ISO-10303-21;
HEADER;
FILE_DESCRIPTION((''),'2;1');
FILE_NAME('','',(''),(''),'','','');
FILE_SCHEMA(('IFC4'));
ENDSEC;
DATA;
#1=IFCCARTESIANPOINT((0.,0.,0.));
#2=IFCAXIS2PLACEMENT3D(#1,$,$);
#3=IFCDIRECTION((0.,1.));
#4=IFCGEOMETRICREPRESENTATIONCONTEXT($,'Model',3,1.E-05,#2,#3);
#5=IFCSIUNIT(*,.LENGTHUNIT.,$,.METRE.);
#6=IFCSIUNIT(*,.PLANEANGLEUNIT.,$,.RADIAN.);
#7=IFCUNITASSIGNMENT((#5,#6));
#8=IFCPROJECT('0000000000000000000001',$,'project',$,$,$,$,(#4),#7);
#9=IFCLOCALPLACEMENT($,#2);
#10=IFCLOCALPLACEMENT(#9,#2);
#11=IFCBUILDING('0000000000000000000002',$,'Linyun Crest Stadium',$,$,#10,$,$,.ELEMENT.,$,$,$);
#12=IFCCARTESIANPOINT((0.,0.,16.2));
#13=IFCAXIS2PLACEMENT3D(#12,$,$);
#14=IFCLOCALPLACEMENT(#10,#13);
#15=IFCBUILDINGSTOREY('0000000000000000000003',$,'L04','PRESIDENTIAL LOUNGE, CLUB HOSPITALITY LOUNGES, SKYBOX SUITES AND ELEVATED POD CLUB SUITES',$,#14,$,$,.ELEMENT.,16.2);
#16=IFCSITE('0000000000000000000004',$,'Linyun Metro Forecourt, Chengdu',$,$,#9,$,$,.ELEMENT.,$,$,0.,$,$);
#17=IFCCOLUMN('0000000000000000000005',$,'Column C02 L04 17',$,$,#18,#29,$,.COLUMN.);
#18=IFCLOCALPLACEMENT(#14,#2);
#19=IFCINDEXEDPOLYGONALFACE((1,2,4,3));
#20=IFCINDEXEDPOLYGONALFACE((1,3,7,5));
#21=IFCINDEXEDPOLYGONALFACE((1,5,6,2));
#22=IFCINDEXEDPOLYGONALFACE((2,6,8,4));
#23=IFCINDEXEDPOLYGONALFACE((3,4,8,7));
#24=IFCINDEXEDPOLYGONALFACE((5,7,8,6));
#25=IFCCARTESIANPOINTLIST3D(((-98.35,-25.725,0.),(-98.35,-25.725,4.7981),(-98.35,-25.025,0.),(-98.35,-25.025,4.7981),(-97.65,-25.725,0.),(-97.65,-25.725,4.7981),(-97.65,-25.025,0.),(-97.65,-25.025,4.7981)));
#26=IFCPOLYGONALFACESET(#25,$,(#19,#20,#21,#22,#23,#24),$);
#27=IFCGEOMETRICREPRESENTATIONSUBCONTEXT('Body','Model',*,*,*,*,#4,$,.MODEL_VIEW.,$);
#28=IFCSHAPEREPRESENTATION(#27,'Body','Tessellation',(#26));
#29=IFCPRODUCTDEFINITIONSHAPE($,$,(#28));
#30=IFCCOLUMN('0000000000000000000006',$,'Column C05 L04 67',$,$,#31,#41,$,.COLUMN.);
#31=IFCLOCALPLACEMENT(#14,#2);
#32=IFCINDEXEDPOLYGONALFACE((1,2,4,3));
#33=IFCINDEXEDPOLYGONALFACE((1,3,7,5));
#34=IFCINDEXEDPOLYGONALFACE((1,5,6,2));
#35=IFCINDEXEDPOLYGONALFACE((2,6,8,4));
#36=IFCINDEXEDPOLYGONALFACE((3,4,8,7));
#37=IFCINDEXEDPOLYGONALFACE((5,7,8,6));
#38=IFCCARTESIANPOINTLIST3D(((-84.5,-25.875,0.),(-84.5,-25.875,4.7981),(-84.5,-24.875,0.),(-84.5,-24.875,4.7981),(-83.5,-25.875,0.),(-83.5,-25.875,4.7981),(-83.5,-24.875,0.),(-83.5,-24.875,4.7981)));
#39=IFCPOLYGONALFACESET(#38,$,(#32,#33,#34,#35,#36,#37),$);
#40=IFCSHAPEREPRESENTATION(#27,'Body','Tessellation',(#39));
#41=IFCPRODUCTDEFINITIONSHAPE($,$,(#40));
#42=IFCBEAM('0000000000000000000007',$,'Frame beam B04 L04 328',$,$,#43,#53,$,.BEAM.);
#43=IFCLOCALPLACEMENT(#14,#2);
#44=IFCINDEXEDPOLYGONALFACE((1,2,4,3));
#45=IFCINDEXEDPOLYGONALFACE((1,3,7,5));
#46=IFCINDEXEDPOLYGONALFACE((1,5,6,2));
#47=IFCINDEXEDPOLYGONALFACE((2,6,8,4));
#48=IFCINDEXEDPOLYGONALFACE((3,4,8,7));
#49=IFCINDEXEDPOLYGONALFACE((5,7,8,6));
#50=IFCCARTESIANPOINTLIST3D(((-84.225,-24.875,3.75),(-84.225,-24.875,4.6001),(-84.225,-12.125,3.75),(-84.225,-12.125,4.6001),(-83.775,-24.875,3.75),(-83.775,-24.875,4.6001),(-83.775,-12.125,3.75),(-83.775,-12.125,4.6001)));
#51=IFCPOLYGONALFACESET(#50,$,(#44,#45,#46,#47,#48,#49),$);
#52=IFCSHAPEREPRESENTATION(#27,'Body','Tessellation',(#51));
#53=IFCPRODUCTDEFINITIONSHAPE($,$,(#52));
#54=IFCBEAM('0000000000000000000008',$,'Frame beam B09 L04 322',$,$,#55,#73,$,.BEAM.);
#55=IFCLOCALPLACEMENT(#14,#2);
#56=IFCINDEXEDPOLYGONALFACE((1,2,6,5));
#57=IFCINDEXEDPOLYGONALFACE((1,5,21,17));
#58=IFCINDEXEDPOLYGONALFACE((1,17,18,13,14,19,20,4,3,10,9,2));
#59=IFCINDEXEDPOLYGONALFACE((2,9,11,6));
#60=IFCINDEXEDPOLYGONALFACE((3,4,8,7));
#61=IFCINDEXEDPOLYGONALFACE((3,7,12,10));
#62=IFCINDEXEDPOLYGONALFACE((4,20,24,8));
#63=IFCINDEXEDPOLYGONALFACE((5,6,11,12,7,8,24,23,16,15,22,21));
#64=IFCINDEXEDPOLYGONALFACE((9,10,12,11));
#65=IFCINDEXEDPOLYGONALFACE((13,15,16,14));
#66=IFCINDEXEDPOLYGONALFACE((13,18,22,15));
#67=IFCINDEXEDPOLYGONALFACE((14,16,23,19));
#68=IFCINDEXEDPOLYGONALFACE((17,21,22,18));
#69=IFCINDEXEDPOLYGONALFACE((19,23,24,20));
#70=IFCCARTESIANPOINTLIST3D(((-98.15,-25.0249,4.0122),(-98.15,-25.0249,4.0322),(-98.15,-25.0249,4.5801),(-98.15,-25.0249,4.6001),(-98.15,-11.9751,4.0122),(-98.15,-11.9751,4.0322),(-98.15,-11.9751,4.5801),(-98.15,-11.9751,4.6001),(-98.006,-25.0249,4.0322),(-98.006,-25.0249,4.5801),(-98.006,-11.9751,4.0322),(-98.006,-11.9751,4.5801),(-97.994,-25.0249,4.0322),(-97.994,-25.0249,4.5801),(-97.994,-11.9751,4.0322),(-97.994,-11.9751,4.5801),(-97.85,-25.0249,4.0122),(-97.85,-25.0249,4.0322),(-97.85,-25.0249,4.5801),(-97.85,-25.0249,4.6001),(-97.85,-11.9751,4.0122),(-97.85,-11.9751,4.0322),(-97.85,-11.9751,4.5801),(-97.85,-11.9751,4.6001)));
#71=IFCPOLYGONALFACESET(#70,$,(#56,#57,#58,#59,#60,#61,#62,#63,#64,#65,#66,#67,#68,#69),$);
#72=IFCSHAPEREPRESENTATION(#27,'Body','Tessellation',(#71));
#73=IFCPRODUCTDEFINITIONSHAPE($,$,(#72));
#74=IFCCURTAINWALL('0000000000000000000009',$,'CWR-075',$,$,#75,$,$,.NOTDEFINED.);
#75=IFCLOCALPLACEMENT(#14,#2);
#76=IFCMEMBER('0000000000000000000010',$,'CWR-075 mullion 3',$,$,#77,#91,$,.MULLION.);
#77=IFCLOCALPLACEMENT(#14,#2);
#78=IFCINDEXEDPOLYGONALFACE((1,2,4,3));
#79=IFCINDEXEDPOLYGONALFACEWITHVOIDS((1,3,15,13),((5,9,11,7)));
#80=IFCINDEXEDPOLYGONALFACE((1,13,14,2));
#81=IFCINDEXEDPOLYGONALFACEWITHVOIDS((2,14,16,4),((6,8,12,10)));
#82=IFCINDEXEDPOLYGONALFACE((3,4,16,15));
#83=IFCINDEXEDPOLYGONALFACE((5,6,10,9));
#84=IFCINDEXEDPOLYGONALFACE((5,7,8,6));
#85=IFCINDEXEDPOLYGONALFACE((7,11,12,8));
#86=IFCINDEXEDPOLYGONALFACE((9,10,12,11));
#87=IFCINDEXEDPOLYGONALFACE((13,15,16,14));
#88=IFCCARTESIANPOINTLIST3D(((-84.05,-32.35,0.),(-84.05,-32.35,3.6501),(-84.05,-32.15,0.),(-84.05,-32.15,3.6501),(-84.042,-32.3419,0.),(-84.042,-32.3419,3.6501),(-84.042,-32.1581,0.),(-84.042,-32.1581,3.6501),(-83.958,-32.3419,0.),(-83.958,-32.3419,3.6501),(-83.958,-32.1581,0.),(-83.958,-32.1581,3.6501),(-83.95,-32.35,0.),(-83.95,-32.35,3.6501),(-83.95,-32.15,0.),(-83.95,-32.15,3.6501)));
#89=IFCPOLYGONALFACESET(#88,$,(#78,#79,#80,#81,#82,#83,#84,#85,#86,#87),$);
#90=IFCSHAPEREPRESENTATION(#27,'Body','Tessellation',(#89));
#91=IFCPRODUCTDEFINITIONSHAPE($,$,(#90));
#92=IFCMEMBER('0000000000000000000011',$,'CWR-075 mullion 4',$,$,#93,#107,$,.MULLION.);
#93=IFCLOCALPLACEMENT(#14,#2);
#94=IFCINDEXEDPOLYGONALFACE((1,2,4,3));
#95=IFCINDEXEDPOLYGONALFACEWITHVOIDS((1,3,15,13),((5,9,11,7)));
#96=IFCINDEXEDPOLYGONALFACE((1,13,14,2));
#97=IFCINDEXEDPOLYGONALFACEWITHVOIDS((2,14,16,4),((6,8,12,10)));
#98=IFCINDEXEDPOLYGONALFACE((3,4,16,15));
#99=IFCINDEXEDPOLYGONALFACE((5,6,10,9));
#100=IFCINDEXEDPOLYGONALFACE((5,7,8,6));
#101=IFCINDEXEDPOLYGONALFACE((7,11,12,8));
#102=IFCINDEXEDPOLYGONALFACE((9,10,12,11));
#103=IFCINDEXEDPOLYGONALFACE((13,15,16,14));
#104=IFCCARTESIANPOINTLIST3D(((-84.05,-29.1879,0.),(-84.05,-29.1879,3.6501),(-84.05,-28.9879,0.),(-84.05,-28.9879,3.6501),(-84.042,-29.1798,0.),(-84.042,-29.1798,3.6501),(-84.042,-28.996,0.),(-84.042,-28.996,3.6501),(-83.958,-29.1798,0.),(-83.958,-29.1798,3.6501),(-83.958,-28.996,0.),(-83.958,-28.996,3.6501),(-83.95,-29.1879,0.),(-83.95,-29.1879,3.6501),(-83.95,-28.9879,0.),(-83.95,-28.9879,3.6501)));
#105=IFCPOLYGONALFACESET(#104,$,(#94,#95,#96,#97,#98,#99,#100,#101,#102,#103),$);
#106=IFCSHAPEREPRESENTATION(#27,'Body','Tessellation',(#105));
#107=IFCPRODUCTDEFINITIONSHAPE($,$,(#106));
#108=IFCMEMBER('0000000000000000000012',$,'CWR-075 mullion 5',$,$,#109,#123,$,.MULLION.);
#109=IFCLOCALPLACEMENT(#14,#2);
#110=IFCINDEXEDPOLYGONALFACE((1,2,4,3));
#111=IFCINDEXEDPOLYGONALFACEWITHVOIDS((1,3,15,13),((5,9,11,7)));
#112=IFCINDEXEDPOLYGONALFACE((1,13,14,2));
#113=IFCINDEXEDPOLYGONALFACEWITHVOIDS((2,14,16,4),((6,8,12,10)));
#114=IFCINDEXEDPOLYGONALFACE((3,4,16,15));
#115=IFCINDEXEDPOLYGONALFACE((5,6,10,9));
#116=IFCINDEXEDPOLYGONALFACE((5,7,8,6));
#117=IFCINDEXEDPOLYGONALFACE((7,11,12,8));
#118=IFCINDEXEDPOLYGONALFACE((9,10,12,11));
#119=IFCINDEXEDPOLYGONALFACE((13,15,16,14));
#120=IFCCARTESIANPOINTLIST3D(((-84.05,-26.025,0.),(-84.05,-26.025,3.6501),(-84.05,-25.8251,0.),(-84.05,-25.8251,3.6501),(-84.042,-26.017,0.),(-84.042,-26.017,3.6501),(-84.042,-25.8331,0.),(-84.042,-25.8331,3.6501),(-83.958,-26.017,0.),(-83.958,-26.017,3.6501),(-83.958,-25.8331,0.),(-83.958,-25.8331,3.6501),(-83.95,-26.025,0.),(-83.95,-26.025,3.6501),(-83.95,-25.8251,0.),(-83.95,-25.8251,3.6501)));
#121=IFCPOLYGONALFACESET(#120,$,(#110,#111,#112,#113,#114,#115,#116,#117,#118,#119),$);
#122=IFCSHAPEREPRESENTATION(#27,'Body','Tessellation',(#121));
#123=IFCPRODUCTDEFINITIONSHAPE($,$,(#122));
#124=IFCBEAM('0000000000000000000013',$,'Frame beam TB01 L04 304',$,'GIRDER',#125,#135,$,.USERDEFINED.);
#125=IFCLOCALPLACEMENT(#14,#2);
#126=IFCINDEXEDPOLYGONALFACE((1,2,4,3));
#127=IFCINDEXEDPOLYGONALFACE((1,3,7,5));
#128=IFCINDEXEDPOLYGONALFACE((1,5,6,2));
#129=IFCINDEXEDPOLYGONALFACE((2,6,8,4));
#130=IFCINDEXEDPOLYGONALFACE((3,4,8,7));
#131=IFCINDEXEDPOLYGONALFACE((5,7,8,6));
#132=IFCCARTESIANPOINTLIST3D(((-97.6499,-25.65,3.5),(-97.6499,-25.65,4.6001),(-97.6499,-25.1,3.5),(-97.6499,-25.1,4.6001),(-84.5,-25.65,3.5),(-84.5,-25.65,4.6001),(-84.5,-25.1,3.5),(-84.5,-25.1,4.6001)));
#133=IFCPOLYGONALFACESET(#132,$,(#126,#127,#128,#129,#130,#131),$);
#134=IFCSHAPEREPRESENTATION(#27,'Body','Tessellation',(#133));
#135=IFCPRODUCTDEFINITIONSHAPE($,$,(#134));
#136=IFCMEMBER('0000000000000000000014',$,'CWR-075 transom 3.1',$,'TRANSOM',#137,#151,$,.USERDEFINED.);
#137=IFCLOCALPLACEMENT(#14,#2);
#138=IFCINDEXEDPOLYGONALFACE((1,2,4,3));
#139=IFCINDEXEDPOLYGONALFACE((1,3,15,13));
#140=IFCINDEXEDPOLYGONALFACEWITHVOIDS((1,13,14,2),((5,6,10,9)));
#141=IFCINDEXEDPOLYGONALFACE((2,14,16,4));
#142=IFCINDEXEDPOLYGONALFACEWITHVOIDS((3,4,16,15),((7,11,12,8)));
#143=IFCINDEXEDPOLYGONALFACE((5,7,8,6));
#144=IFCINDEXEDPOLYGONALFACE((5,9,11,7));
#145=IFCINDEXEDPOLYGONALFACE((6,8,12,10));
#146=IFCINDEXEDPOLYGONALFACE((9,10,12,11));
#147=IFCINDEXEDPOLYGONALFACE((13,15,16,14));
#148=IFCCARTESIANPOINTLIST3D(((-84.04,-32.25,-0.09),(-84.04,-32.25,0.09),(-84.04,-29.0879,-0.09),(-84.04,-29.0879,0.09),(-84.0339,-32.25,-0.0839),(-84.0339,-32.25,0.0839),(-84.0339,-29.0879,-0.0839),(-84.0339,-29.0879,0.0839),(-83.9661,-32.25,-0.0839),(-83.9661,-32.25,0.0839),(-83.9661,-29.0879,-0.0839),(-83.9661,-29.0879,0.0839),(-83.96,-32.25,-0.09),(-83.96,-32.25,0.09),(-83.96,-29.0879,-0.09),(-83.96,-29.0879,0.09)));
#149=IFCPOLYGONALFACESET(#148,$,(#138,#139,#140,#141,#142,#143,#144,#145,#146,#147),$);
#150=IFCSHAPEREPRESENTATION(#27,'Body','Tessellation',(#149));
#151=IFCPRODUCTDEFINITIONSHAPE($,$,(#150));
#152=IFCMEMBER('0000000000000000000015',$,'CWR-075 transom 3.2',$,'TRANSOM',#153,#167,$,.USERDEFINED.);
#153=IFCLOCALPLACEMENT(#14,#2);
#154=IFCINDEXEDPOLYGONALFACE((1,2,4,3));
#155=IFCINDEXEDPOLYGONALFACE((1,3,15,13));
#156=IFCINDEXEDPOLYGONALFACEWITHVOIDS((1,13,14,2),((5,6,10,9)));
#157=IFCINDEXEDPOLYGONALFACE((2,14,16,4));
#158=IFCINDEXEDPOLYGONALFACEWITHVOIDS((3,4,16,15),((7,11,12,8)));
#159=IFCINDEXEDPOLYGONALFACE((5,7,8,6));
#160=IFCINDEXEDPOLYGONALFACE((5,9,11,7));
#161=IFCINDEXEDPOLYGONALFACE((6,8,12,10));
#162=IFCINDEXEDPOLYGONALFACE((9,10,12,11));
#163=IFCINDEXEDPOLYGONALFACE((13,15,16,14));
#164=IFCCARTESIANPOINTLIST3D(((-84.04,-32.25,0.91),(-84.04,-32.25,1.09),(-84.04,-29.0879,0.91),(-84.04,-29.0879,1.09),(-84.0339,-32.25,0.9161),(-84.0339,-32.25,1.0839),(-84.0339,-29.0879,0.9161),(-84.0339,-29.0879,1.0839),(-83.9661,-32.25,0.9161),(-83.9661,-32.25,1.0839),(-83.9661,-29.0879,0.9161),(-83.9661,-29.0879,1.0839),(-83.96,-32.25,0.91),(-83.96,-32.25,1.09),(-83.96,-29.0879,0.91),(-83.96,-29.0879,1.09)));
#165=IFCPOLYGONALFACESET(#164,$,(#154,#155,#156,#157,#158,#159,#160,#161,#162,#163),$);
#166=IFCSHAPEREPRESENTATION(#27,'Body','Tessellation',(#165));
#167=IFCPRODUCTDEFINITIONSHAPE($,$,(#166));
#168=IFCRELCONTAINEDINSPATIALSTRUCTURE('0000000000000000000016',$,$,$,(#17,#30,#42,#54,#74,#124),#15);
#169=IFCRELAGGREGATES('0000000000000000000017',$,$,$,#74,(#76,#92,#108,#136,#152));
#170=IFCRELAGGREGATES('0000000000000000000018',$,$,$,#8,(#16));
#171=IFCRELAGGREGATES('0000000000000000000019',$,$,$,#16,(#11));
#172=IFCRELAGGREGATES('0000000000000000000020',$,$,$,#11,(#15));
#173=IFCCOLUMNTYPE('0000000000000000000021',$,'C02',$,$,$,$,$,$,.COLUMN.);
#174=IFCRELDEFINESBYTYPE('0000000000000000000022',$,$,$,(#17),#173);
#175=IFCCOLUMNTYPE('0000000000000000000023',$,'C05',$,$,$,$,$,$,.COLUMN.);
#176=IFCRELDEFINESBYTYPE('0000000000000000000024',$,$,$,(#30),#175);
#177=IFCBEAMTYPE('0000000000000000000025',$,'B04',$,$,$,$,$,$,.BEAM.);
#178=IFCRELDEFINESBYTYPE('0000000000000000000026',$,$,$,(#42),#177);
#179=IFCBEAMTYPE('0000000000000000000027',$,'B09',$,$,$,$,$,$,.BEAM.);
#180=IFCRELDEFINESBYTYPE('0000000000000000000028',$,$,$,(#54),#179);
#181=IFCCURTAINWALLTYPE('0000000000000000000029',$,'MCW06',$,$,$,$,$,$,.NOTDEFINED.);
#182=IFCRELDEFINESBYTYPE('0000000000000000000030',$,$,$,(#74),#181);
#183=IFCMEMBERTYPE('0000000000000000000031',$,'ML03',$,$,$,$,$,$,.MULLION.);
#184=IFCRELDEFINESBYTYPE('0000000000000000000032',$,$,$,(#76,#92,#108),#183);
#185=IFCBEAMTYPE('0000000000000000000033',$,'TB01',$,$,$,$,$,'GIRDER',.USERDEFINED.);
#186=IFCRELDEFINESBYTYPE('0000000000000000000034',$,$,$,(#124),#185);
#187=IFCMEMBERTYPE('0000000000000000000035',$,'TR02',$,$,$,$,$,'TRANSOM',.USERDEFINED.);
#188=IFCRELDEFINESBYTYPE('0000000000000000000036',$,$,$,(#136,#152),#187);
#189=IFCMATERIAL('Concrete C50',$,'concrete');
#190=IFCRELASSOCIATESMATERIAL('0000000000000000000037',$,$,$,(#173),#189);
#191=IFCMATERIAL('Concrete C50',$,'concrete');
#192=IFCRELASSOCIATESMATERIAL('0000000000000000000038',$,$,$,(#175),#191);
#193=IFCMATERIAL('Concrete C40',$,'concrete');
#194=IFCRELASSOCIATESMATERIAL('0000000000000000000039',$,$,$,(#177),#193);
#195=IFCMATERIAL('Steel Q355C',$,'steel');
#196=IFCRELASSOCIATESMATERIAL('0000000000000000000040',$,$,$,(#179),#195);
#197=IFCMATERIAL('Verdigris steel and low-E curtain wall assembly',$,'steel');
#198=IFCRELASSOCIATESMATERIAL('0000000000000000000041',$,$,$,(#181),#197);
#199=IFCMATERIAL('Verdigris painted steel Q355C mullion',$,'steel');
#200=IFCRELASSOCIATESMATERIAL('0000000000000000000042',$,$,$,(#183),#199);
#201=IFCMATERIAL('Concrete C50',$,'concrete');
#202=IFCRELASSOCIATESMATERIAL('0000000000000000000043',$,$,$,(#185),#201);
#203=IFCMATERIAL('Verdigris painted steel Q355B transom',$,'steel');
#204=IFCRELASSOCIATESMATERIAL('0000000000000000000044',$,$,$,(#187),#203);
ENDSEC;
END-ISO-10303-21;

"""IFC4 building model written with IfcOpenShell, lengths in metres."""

from ifc_helpers import new_model, si_unit, direction, frame, origin, origin_2d, place, context, subcontext, project, spatial, rectangle, hollow_rectangle, i_section, extrude, material, material_profile, profile_set, type_object, element, aggregate, save


model = new_model("IFC4")

# Units and contexts
model_context = context("Model", 3, precision=1e-05, world=origin(), true_north=direction((0.0, 1.0)))
body_context = subcontext(model_context, "Body", "Model", "MODEL_VIEW")
ifc_project = project(units=[si_unit("LENGTHUNIT", "METRE"), si_unit("PLANEANGLEUNIT", "RADIAN")], contexts=[model_context])

# Site, building, storey
site_placement = place(None, origin())
site = spatial("IfcSite", under=ifc_project, at=site_placement, Name="Linyun Metro Forecourt, Chengdu", CompositionType="ELEMENT", RefElevation=0.0)
building_placement = place(site_placement, origin())
building = spatial("IfcBuilding", under=site, at=building_placement, Name="Linyun Crest Stadium", CompositionType="ELEMENT")
storey_placement = place(building_placement, frame((0.0, 0.0, 16.2)))
storey = spatial("IfcBuildingStorey", under=building, at=storey_placement, Name="L04", Description="PRESIDENTIAL LOUNGE, CLUB HOSPITALITY LOUNGES, SKYBOX SUITES AND ELEVATED POD CLUB SUITES", CompositionType="ELEMENT", Elevation=16.2)

# Columns
ifc_material_1 = material(Name="Concrete C50", Category="concrete")
ifc_material_profile_1 = material_profile(ifc_material_1, rectangle(XDim=0.7, YDim=0.7, at=origin_2d()), Name="RC 700x700")
ifc_profile_set_1 = profile_set([ifc_material_profile_1], Name="Concrete C50")
column_type_1 = type_object("IfcColumnType", Name="C02", PredefinedType="COLUMN", material=ifc_profile_set_1)
column_1_placement = place(storey_placement, frame((-98.0, -25.375, 0.0), z_axis=(0.0, 0.0, 1.0), x_axis=(1.0, 0.0, 0.0)))
element("IfcColumn", 1, at=column_1_placement, inside=storey, type_object=column_type_1, Name="Column C02 L04 17", PredefinedType="COLUMN", context=body_context, shape_type="SweptSolid", body=[
    extrude(rectangle(XDim=0.7, YDim=0.7, at=origin_2d()), origin(), (0.0, 0.0, 1.0), 4.7981),
])
ifc_material_2 = material(Name="Concrete C50", Category="concrete")
ifc_material_profile_2 = material_profile(ifc_material_2, rectangle(XDim=1.0, YDim=1.0, at=origin_2d()), Name="RC 1000x1000")
ifc_profile_set_2 = profile_set([ifc_material_profile_2], Name="Concrete C50")
column_type_2 = type_object("IfcColumnType", Name="C05", PredefinedType="COLUMN", material=ifc_profile_set_2)
column_2_placement = place(storey_placement, frame((-84.0, -25.375, 0.0), z_axis=(0.0, 0.0, 1.0), x_axis=(1.0, 0.0, 0.0)))
element("IfcColumn", 2, at=column_2_placement, inside=storey, type_object=column_type_2, Name="Column C05 L04 67", PredefinedType="COLUMN", context=body_context, shape_type="SweptSolid", body=[
    extrude(rectangle(XDim=1.0, YDim=1.0, at=origin_2d()), origin(), (0.0, 0.0, 1.0), 4.7981),
])

# Beams
ifc_material_3 = material(Name="Concrete C40", Category="concrete")
ifc_material_profile_3 = material_profile(ifc_material_3, rectangle(XDim=0.45, YDim=0.8501, at=origin_2d()), Name="RCB 850x450")
ifc_profile_set_3 = profile_set([ifc_material_profile_3], Name="Concrete C40")
beam_type_1 = type_object("IfcBeamType", Name="B04", PredefinedType="BEAM", material=ifc_profile_set_3)
beam_1_placement = place(storey_placement, frame((-84.0, -24.875, 4.175), z_axis=(0.0, 1.0, 0.0), x_axis=(-1.0, 0.0, 0.0)))
element("IfcBeam", 3, at=beam_1_placement, inside=storey, type_object=beam_type_1, Name="Frame beam B04 L04 328", PredefinedType="BEAM", context=body_context, shape_type="SweptSolid", body=[
    extrude(rectangle(XDim=0.45, YDim=0.8501, at=origin_2d()), origin(), (0.0, 0.0, 1.0), 12.75),
])
ifc_material_4 = material(Name="Steel Q355C", Category="steel")
ifc_material_profile_4 = material_profile(ifc_material_4, i_section(OverallWidth=0.3, OverallDepth=0.5879, WebThickness=0.012, FlangeThickness=0.02, at=origin_2d()), Name="HM 588x300")
ifc_profile_set_4 = profile_set([ifc_material_profile_4], Name="Steel Q355C")
beam_type_2 = type_object("IfcBeamType", Name="B09", PredefinedType="BEAM", material=ifc_profile_set_4)
beam_2_placement = place(storey_placement, frame((-98.0, -25.0249, 4.3062), z_axis=(0.0, 1.0, 0.0), x_axis=(-1.0, 0.0, 0.0)))
element("IfcBeam", 4, at=beam_2_placement, inside=storey, type_object=beam_type_2, Name="Frame beam B09 L04 322", PredefinedType="BEAM", context=body_context, shape_type="SweptSolid", body=[
    extrude(i_section(OverallWidth=0.3, OverallDepth=0.5879, WebThickness=0.012, FlangeThickness=0.02, at=origin_2d()), origin(), (0.0, 0.0, 1.0), 13.0498),
])

# Curtain wall, members
ifc_material_5 = material(Name="Verdigris steel and low-E curtain wall assembly", Category="steel")
curtain_wall_type = type_object("IfcCurtainWallType", Name="MCW06", PredefinedType="NOTDEFINED", material=ifc_material_5)
curtain_wall_placement = place(storey_placement, origin())
curtain_wall = element("IfcCurtainWall", 5, at=curtain_wall_placement, inside=storey, type_object=curtain_wall_type, Name="CWR-075", PredefinedType="NOTDEFINED")
ifc_material_6 = material(Name="Verdigris painted steel Q355C mullion", Category="steel")
ifc_material_profile_5 = material_profile(ifc_material_6, hollow_rectangle(XDim=0.1001, YDim=0.2, WallThickness=0.0081, at=origin_2d()), Name="RHS 200x100x8")
ifc_profile_set_5 = profile_set([ifc_material_profile_5], Name="Verdigris painted steel Q355C mullion")
member_type_1 = type_object("IfcMemberType", Name="ML03", PredefinedType="MULLION", material=ifc_profile_set_5)
member_1_placement = place(storey_placement, frame((-84.0, -32.25, 0.0), z_axis=(0.0, 0.0, 1.0), x_axis=(-1.0, 0.0, 0.0)))
member_1 = element("IfcMember", 6, at=member_1_placement, type_object=member_type_1, Name="CWR-075 mullion 3", PredefinedType="MULLION", context=body_context, shape_type="SweptSolid", body=[
    extrude(hollow_rectangle(XDim=0.1001, YDim=0.2, WallThickness=0.0081, at=origin_2d()), origin(), (0.0, 0.0, 1.0), 3.6501),
])
member_2_placement = place(storey_placement, frame((-84.0, -29.0879, 0.0), z_axis=(0.0, 0.0, 1.0), x_axis=(-1.0, 0.0, 0.0)))
member_2 = element("IfcMember", 7, at=member_2_placement, type_object=member_type_1, Name="CWR-075 mullion 4", PredefinedType="MULLION", context=body_context, shape_type="SweptSolid", body=[
    extrude(hollow_rectangle(XDim=0.1001, YDim=0.2, WallThickness=0.0081, at=origin_2d()), origin(), (0.0, 0.0, 1.0), 3.6501),
])
member_3_placement = place(storey_placement, frame((-84.0, -25.925, 0.0), z_axis=(0.0, 0.0, 1.0), x_axis=(-1.0, 0.0, 0.0)))
member_3 = element("IfcMember", 8, at=member_3_placement, type_object=member_type_1, Name="CWR-075 mullion 5", PredefinedType="MULLION", context=body_context, shape_type="SweptSolid", body=[
    extrude(hollow_rectangle(XDim=0.1001, YDim=0.2, WallThickness=0.0081, at=origin_2d()), origin(), (0.0, 0.0, 1.0), 3.6501),
])

# Beam
ifc_material_7 = material(Name="Concrete C50", Category="concrete")
ifc_material_profile_6 = material_profile(ifc_material_7, rectangle(XDim=0.55, YDim=1.1001, at=origin_2d()), Name="RCB 1100x550")
ifc_profile_set_6 = profile_set([ifc_material_profile_6], Name="Concrete C50")
beam_type_3 = type_object("IfcBeamType", Name="TB01", ElementType="GIRDER", PredefinedType="USERDEFINED", material=ifc_profile_set_6)
beam_3_placement = place(storey_placement, frame((-97.6499, -25.375, 4.05), z_axis=(1.0, 0.0, 0.0), x_axis=(0.0, 1.0, 0.0)))
element("IfcBeam", 9, at=beam_3_placement, inside=storey, type_object=beam_type_3, Name="Frame beam TB01 L04 304", ObjectType="GIRDER", PredefinedType="USERDEFINED", context=body_context, shape_type="SweptSolid", body=[
    extrude(rectangle(XDim=0.55, YDim=1.1001, at=origin_2d()), origin(), (0.0, 0.0, 1.0), 13.1499),
])

# Members
ifc_material_8 = material(Name="Verdigris painted steel Q355B transom", Category="steel")
ifc_material_profile_7 = material_profile(ifc_material_8, hollow_rectangle(XDim=0.0801, YDim=0.1799, WallThickness=0.0061, at=origin_2d()), Name="RHS 180x80x6")
ifc_profile_set_7 = profile_set([ifc_material_profile_7], Name="Verdigris painted steel Q355B transom")
member_type_2 = type_object("IfcMemberType", Name="TR02", ElementType="TRANSOM", PredefinedType="USERDEFINED", material=ifc_profile_set_7)
member_4_placement = place(storey_placement, frame((-84.0, -32.25, 0.0), z_axis=(0.0, 1.0, 0.0), x_axis=(-1.0, 0.0, 0.0)))
member_4 = element("IfcMember", 10, at=member_4_placement, type_object=member_type_2, Name="CWR-075 transom 3.1", ObjectType="TRANSOM", PredefinedType="USERDEFINED", context=body_context, shape_type="SweptSolid", body=[
    extrude(hollow_rectangle(XDim=0.0801, YDim=0.1799, WallThickness=0.0061, at=origin_2d()), origin(), (0.0, 0.0, 1.0), 3.1621),
])
member_5_placement = place(storey_placement, frame((-84.0, -32.25, 1.0), z_axis=(0.0, 1.0, 0.0), x_axis=(-1.0, 0.0, 0.0)))
member_5 = element("IfcMember", 11, at=member_5_placement, type_object=member_type_2, Name="CWR-075 transom 3.2", ObjectType="TRANSOM", PredefinedType="USERDEFINED", context=body_context, shape_type="SweptSolid", body=[
    extrude(hollow_rectangle(XDim=0.0801, YDim=0.1799, WallThickness=0.0061, at=origin_2d()), origin(), (0.0, 0.0, 1.0), 3.1621),
])

aggregate(curtain_wall, [member_1, member_2, member_3, member_4, member_5])

save(model, "model.ifc")
